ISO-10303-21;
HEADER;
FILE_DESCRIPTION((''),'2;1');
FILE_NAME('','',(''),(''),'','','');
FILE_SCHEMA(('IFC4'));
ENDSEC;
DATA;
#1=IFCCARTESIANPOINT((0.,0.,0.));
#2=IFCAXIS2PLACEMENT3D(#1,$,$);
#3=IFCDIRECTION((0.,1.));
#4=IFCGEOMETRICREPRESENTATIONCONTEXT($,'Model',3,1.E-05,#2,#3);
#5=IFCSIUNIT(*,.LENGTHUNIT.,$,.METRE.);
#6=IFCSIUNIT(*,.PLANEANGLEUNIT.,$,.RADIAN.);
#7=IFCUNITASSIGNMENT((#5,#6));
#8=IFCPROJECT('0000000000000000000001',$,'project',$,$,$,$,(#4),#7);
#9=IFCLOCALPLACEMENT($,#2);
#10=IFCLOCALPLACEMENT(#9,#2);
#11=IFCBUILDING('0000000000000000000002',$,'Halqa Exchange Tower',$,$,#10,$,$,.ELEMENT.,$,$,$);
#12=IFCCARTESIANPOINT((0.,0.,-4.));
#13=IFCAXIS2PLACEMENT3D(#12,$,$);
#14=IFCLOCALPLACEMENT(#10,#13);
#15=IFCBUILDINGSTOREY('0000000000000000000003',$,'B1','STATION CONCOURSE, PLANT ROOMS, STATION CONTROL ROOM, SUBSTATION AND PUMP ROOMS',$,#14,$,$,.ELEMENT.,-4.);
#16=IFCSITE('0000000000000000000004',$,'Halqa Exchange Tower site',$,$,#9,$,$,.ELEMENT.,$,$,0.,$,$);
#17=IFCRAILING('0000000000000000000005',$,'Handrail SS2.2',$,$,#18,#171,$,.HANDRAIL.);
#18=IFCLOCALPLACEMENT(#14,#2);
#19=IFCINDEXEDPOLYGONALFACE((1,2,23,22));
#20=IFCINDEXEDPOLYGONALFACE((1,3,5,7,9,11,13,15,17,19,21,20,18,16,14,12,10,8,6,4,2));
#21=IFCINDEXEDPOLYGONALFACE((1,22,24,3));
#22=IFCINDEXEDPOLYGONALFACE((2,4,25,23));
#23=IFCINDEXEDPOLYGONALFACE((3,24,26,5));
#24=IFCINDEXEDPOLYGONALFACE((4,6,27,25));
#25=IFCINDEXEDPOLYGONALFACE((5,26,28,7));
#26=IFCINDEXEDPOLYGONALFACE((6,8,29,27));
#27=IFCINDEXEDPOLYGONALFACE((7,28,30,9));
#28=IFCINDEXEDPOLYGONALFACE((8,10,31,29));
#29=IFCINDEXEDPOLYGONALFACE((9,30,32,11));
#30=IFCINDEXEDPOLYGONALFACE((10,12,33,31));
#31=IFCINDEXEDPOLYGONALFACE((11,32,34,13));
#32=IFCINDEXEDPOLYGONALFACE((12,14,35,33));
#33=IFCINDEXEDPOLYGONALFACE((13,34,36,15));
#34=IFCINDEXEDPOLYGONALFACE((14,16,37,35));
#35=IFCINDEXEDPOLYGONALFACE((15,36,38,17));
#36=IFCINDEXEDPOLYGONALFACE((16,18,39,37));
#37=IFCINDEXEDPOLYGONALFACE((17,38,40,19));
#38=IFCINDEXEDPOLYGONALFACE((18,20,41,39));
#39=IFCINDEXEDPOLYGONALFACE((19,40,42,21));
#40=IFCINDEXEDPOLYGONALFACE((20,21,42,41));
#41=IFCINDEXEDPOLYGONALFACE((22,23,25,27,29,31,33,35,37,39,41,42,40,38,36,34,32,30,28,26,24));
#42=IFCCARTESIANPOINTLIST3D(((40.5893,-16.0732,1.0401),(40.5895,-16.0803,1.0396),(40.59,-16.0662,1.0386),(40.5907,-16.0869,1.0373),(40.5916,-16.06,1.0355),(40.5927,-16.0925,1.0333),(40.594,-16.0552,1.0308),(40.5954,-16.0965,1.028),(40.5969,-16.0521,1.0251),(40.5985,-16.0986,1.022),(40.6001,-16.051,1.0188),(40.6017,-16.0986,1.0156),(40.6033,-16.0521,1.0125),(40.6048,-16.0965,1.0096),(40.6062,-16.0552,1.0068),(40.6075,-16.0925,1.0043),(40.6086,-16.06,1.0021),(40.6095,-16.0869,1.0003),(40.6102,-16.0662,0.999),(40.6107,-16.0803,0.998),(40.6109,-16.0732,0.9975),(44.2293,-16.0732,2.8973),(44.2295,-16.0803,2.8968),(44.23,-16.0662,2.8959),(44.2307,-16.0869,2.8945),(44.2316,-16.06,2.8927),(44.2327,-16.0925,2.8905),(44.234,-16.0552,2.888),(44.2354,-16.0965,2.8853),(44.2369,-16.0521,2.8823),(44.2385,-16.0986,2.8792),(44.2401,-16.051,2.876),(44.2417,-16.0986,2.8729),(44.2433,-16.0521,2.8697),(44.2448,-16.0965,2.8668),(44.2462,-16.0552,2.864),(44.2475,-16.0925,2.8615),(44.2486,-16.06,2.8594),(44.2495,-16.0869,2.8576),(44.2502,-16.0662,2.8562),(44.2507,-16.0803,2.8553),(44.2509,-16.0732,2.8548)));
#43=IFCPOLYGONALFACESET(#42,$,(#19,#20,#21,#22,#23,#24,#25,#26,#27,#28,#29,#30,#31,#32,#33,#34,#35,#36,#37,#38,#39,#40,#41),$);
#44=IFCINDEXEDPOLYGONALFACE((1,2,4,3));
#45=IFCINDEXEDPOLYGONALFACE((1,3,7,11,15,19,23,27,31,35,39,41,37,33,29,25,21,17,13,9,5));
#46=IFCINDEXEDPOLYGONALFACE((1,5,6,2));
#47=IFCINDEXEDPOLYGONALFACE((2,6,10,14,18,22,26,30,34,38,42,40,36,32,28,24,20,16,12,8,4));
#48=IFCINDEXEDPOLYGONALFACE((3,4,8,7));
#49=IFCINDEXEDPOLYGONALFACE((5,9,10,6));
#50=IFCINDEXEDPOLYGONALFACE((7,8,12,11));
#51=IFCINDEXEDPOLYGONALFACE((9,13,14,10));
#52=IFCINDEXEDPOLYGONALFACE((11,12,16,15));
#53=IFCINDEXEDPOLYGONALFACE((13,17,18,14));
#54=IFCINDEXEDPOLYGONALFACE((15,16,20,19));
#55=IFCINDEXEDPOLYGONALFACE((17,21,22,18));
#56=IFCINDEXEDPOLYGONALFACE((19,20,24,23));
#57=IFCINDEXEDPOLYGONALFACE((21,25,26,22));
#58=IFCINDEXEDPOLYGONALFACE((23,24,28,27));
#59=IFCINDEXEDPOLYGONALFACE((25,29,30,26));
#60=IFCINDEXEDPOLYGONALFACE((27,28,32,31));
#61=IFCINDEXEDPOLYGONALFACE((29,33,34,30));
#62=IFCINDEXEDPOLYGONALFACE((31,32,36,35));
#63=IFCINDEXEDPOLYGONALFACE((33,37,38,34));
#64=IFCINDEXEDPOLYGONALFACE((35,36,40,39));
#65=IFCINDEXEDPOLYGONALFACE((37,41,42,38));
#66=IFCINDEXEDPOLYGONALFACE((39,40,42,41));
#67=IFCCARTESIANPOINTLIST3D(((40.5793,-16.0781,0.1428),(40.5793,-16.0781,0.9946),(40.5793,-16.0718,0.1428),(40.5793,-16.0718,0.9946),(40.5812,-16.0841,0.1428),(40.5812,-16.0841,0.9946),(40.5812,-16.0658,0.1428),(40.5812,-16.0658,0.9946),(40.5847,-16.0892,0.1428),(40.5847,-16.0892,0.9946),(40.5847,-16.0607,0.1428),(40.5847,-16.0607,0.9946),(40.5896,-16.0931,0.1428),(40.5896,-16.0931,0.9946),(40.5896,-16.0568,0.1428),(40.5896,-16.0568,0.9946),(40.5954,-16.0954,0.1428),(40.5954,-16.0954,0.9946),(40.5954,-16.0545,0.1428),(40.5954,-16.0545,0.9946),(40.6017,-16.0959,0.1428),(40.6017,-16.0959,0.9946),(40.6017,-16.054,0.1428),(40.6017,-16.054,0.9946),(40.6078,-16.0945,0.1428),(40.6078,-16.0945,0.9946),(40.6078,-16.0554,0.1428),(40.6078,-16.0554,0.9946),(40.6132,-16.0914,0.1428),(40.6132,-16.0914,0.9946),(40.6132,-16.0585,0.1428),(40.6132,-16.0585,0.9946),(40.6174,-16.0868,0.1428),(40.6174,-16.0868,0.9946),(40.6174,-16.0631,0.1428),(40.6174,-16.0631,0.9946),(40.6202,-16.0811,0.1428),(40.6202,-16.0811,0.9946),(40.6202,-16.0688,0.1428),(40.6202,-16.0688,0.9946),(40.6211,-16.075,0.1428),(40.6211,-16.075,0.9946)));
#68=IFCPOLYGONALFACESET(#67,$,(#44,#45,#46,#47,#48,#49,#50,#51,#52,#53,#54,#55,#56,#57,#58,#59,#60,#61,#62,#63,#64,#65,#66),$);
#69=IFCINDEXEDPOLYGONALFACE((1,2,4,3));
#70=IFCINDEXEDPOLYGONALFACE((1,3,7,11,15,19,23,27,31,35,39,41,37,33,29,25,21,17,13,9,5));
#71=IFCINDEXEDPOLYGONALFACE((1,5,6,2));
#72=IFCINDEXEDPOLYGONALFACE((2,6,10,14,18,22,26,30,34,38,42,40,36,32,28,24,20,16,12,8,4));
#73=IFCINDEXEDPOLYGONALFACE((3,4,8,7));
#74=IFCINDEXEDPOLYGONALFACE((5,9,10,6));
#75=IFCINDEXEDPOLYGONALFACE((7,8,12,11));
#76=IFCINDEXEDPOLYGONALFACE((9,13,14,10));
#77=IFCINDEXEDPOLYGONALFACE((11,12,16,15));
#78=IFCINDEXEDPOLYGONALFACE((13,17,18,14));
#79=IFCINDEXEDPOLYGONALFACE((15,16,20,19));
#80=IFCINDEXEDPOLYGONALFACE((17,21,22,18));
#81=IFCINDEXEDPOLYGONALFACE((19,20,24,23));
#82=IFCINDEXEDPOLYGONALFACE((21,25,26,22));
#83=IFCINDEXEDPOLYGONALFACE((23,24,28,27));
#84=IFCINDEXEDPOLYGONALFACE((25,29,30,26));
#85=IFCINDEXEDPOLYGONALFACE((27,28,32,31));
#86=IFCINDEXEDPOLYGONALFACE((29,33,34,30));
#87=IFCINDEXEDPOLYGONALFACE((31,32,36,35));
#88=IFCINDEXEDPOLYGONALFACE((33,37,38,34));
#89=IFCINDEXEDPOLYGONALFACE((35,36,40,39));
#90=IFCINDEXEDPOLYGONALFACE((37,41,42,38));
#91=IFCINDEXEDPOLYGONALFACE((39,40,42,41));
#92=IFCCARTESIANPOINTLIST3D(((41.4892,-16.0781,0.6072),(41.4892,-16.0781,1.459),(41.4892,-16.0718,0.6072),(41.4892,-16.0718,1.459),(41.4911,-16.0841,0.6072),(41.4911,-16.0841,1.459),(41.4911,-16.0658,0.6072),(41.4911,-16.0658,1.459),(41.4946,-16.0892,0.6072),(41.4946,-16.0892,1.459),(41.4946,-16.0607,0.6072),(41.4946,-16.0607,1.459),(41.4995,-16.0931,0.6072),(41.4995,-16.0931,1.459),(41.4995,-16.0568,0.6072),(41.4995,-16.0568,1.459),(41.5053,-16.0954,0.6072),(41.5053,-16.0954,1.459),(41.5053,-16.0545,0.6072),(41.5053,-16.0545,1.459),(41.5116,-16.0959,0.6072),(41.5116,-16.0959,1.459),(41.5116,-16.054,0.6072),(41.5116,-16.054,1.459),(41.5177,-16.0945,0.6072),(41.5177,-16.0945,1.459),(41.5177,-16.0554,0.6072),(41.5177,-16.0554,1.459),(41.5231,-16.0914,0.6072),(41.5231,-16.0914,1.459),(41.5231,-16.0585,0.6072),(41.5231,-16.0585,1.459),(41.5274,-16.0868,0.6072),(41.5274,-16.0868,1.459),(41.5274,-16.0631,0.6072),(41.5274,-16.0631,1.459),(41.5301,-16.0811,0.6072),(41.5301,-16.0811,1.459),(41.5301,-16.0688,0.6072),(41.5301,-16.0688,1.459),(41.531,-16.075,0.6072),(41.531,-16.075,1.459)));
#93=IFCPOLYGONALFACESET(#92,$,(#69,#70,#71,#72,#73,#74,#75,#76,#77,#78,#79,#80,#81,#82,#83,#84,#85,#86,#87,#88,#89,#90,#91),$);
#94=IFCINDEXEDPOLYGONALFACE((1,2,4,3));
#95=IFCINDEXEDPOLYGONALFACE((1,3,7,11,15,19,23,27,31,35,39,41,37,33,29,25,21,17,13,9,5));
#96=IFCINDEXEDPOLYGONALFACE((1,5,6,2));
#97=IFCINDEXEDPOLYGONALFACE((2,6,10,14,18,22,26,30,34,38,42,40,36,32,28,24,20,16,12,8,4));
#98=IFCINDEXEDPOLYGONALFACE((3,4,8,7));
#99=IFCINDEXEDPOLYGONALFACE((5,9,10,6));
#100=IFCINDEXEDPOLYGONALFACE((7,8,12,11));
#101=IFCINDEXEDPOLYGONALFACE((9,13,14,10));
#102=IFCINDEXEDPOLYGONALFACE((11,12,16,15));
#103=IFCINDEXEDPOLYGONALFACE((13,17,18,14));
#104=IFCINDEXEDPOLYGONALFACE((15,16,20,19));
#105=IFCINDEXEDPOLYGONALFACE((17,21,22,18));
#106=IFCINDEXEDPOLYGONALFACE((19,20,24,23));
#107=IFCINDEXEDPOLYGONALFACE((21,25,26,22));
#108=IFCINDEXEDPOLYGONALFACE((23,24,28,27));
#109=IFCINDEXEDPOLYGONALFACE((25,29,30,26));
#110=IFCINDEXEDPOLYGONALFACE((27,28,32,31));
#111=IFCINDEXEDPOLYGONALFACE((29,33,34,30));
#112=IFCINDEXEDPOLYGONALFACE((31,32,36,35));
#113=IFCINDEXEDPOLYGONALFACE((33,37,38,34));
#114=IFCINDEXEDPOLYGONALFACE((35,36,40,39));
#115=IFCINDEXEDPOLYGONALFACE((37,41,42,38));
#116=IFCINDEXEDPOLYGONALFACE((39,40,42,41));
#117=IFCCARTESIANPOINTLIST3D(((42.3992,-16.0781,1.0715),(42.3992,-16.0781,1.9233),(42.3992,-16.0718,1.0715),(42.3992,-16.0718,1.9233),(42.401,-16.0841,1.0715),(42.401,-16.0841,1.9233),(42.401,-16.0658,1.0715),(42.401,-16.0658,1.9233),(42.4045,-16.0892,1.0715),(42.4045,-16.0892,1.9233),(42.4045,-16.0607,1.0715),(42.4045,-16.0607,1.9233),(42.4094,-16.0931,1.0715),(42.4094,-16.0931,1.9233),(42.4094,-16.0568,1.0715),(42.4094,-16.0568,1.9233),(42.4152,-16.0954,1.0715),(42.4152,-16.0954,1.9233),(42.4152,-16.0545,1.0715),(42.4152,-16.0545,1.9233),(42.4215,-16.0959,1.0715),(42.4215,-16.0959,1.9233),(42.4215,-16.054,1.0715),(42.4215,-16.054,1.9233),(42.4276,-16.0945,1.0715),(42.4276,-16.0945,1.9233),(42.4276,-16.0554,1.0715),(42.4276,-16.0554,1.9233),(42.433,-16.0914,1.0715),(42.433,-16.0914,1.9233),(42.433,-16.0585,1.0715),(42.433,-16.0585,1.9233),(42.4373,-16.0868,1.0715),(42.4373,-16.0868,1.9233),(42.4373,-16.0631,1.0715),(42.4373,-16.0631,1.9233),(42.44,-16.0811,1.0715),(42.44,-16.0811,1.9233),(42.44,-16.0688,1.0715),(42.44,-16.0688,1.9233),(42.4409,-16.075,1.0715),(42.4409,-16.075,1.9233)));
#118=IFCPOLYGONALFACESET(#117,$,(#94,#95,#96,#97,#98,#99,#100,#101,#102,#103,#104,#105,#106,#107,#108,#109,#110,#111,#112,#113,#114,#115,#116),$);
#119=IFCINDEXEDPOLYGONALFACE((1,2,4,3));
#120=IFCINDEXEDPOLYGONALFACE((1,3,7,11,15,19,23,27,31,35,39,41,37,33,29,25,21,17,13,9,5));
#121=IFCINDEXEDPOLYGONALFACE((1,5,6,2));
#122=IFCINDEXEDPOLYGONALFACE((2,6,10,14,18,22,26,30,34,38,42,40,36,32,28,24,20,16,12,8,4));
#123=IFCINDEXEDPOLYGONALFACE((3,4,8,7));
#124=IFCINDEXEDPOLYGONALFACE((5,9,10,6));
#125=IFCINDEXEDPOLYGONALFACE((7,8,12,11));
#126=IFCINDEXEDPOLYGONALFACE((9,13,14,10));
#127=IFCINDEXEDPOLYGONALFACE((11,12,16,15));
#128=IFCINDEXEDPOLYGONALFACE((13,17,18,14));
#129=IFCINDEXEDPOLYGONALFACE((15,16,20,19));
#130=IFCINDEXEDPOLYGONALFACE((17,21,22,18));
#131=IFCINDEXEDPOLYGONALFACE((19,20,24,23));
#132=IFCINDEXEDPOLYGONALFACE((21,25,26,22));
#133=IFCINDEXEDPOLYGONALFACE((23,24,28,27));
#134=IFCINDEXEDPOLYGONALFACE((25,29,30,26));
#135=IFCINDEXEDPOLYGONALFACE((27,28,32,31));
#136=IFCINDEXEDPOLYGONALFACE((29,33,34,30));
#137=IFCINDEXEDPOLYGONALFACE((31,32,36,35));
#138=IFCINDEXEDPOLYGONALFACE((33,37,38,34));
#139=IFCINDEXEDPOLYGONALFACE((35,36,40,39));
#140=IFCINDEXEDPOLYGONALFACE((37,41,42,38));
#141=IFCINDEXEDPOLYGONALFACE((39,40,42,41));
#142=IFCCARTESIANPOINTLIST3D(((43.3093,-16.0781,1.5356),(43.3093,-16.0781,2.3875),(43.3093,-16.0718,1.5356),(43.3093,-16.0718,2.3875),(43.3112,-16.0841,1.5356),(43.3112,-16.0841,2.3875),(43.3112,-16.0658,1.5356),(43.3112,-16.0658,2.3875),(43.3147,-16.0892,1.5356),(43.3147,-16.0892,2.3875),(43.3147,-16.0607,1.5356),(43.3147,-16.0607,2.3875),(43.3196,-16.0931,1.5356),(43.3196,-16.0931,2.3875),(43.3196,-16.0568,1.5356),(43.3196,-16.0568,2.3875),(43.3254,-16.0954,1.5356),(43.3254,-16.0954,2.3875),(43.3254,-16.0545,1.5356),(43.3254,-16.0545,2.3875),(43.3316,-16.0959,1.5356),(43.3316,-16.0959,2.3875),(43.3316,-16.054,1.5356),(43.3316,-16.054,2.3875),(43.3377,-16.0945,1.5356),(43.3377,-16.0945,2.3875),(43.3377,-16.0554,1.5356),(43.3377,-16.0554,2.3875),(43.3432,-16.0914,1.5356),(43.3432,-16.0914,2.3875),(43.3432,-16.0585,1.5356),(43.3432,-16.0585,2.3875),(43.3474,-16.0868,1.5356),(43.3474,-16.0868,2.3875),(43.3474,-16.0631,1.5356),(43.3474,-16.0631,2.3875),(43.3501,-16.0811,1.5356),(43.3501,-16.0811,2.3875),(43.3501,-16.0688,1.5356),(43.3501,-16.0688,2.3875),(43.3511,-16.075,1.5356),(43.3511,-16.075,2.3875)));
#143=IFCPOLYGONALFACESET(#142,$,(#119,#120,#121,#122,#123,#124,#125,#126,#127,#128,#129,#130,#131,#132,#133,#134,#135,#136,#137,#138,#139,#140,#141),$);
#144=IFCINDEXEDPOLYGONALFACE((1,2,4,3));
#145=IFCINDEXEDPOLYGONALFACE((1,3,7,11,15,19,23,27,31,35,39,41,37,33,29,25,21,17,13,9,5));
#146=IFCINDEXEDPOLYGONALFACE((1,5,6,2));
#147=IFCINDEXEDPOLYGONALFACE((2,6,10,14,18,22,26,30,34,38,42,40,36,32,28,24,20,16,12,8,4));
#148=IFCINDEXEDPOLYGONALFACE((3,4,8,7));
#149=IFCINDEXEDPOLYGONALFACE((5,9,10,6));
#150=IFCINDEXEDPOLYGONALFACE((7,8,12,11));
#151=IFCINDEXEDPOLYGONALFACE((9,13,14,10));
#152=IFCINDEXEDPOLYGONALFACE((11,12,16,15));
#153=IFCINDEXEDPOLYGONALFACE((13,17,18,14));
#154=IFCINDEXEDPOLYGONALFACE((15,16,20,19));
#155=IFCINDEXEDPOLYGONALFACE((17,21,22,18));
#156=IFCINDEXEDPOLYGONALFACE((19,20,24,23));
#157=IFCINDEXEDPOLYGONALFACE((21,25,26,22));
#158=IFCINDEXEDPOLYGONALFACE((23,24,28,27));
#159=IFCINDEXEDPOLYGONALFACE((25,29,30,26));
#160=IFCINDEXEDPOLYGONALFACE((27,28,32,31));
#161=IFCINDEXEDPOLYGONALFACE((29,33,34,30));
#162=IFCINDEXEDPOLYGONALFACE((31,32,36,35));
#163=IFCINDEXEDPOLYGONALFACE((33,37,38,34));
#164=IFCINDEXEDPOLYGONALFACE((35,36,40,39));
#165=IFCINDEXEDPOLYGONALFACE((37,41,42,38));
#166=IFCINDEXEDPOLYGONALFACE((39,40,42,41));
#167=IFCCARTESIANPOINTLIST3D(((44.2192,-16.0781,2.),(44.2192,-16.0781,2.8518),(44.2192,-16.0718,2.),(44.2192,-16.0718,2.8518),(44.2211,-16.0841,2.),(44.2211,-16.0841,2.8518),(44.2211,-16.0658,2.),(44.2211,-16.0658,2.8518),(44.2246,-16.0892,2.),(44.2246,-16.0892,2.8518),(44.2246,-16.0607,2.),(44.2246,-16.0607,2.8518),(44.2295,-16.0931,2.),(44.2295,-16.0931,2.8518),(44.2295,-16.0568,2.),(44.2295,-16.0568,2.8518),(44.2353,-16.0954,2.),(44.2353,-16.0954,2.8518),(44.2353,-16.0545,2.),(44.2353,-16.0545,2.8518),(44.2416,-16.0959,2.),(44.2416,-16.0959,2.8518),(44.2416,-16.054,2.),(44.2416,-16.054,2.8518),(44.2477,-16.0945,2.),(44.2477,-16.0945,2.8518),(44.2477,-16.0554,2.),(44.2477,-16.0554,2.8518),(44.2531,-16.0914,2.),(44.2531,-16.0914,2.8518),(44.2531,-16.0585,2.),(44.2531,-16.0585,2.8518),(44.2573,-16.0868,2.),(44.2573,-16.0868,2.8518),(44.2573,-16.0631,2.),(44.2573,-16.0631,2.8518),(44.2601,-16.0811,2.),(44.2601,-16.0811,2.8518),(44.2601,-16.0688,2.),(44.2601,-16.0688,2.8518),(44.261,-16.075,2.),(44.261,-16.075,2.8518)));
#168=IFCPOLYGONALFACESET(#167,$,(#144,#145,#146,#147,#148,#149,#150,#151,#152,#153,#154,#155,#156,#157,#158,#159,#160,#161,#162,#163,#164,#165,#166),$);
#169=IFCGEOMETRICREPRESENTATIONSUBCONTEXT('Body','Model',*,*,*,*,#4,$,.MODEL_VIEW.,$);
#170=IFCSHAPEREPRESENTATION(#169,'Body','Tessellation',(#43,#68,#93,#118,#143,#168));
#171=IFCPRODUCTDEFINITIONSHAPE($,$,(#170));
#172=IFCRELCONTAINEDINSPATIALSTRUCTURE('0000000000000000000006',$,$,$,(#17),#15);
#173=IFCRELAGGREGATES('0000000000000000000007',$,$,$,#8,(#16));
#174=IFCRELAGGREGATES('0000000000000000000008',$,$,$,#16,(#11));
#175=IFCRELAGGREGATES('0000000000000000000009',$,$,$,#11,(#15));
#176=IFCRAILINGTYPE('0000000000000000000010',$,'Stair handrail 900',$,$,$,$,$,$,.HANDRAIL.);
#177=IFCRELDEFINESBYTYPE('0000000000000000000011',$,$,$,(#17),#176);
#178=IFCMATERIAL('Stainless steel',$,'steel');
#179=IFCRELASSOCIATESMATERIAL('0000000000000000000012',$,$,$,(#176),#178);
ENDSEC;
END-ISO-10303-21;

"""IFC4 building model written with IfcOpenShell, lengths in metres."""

from ifc_helpers import new_model, si_unit, direction, frame, origin, origin_2d, place, context, subcontext, project, spatial, circle, extrude, material, type_object, element, save


model = new_model("IFC4")

# Units and contexts
model_context = context("Model", 3, precision=1e-05, world=origin(), true_north=direction((0.0, 1.0)))
body_context = subcontext(model_context, "Body", "Model", "MODEL_VIEW")
ifc_project = project(units=[si_unit("LENGTHUNIT", "METRE"), si_unit("PLANEANGLEUNIT", "RADIAN")], contexts=[model_context])

# Site, building, storey
site_placement = place(None, origin())
site = spatial("IfcSite", under=ifc_project, at=site_placement, Name="Halqa Exchange Tower site", CompositionType="ELEMENT", RefElevation=0.0)
building_placement = place(site_placement, origin())
building = spatial("IfcBuilding", under=site, at=building_placement, Name="Halqa Exchange Tower", CompositionType="ELEMENT")
storey_placement = place(building_placement, frame((0.0, 0.0, -4.0)))
storey = spatial("IfcBuildingStorey", under=building, at=storey_placement, Name="B1", Description="STATION CONCOURSE, PLANT ROOMS, STATION CONTROL ROOM, SUBSTATION AND PUMP ROOMS", CompositionType="ELEMENT", Elevation=-4.0)

# Railing
ifc_material_1 = material(Name="Stainless steel", Category="steel")
railing_type_1 = type_object("IfcRailingType", Name="Stair handrail 900", PredefinedType="HANDRAIL", material=ifc_material_1)
railing_1_placement = place(storey_placement, frame((40.6001, -16.075, 0.1428)))
element("IfcRailing", 1, at=railing_1_placement, inside=storey, type_object=railing_type_1, Name="Handrail SS2.2", PredefinedType="HANDRAIL", context=body_context, shape_type="SweptSolid", body=[
    extrude(circle(Radius=0.0239, at=origin_2d()), frame((0.0, 0.0, 0.876), z_axis=(0.890753, 0.0, 0.454488), x_axis=(0.0, 1.0, 0.0)), (0.0, 0.0, 1.0), 4.0864),
    extrude(circle(Radius=0.021, at=origin_2d()), origin(), (0.0, 0.0, 1.0), 0.8518),
    extrude(circle(Radius=0.021, at=origin_2d()), frame((0.9099, 0.0, 0.4644)), (0.0, 0.0, 1.0), 0.8518),
    extrude(circle(Radius=0.021, at=origin_2d()), frame((1.8198, 0.0, 0.9287)), (0.0, 0.0, 1.0), 0.8518),
    extrude(circle(Radius=0.021, at=origin_2d()), frame((2.73, 0.0, 1.3928)), (0.0, 0.0, 1.0), 0.8518),
    extrude(circle(Radius=0.021, at=origin_2d()), frame((3.6399, 0.0, 1.8572)), (0.0, 0.0, 1.0), 0.8518),
])

save(model, "model.ifc")
